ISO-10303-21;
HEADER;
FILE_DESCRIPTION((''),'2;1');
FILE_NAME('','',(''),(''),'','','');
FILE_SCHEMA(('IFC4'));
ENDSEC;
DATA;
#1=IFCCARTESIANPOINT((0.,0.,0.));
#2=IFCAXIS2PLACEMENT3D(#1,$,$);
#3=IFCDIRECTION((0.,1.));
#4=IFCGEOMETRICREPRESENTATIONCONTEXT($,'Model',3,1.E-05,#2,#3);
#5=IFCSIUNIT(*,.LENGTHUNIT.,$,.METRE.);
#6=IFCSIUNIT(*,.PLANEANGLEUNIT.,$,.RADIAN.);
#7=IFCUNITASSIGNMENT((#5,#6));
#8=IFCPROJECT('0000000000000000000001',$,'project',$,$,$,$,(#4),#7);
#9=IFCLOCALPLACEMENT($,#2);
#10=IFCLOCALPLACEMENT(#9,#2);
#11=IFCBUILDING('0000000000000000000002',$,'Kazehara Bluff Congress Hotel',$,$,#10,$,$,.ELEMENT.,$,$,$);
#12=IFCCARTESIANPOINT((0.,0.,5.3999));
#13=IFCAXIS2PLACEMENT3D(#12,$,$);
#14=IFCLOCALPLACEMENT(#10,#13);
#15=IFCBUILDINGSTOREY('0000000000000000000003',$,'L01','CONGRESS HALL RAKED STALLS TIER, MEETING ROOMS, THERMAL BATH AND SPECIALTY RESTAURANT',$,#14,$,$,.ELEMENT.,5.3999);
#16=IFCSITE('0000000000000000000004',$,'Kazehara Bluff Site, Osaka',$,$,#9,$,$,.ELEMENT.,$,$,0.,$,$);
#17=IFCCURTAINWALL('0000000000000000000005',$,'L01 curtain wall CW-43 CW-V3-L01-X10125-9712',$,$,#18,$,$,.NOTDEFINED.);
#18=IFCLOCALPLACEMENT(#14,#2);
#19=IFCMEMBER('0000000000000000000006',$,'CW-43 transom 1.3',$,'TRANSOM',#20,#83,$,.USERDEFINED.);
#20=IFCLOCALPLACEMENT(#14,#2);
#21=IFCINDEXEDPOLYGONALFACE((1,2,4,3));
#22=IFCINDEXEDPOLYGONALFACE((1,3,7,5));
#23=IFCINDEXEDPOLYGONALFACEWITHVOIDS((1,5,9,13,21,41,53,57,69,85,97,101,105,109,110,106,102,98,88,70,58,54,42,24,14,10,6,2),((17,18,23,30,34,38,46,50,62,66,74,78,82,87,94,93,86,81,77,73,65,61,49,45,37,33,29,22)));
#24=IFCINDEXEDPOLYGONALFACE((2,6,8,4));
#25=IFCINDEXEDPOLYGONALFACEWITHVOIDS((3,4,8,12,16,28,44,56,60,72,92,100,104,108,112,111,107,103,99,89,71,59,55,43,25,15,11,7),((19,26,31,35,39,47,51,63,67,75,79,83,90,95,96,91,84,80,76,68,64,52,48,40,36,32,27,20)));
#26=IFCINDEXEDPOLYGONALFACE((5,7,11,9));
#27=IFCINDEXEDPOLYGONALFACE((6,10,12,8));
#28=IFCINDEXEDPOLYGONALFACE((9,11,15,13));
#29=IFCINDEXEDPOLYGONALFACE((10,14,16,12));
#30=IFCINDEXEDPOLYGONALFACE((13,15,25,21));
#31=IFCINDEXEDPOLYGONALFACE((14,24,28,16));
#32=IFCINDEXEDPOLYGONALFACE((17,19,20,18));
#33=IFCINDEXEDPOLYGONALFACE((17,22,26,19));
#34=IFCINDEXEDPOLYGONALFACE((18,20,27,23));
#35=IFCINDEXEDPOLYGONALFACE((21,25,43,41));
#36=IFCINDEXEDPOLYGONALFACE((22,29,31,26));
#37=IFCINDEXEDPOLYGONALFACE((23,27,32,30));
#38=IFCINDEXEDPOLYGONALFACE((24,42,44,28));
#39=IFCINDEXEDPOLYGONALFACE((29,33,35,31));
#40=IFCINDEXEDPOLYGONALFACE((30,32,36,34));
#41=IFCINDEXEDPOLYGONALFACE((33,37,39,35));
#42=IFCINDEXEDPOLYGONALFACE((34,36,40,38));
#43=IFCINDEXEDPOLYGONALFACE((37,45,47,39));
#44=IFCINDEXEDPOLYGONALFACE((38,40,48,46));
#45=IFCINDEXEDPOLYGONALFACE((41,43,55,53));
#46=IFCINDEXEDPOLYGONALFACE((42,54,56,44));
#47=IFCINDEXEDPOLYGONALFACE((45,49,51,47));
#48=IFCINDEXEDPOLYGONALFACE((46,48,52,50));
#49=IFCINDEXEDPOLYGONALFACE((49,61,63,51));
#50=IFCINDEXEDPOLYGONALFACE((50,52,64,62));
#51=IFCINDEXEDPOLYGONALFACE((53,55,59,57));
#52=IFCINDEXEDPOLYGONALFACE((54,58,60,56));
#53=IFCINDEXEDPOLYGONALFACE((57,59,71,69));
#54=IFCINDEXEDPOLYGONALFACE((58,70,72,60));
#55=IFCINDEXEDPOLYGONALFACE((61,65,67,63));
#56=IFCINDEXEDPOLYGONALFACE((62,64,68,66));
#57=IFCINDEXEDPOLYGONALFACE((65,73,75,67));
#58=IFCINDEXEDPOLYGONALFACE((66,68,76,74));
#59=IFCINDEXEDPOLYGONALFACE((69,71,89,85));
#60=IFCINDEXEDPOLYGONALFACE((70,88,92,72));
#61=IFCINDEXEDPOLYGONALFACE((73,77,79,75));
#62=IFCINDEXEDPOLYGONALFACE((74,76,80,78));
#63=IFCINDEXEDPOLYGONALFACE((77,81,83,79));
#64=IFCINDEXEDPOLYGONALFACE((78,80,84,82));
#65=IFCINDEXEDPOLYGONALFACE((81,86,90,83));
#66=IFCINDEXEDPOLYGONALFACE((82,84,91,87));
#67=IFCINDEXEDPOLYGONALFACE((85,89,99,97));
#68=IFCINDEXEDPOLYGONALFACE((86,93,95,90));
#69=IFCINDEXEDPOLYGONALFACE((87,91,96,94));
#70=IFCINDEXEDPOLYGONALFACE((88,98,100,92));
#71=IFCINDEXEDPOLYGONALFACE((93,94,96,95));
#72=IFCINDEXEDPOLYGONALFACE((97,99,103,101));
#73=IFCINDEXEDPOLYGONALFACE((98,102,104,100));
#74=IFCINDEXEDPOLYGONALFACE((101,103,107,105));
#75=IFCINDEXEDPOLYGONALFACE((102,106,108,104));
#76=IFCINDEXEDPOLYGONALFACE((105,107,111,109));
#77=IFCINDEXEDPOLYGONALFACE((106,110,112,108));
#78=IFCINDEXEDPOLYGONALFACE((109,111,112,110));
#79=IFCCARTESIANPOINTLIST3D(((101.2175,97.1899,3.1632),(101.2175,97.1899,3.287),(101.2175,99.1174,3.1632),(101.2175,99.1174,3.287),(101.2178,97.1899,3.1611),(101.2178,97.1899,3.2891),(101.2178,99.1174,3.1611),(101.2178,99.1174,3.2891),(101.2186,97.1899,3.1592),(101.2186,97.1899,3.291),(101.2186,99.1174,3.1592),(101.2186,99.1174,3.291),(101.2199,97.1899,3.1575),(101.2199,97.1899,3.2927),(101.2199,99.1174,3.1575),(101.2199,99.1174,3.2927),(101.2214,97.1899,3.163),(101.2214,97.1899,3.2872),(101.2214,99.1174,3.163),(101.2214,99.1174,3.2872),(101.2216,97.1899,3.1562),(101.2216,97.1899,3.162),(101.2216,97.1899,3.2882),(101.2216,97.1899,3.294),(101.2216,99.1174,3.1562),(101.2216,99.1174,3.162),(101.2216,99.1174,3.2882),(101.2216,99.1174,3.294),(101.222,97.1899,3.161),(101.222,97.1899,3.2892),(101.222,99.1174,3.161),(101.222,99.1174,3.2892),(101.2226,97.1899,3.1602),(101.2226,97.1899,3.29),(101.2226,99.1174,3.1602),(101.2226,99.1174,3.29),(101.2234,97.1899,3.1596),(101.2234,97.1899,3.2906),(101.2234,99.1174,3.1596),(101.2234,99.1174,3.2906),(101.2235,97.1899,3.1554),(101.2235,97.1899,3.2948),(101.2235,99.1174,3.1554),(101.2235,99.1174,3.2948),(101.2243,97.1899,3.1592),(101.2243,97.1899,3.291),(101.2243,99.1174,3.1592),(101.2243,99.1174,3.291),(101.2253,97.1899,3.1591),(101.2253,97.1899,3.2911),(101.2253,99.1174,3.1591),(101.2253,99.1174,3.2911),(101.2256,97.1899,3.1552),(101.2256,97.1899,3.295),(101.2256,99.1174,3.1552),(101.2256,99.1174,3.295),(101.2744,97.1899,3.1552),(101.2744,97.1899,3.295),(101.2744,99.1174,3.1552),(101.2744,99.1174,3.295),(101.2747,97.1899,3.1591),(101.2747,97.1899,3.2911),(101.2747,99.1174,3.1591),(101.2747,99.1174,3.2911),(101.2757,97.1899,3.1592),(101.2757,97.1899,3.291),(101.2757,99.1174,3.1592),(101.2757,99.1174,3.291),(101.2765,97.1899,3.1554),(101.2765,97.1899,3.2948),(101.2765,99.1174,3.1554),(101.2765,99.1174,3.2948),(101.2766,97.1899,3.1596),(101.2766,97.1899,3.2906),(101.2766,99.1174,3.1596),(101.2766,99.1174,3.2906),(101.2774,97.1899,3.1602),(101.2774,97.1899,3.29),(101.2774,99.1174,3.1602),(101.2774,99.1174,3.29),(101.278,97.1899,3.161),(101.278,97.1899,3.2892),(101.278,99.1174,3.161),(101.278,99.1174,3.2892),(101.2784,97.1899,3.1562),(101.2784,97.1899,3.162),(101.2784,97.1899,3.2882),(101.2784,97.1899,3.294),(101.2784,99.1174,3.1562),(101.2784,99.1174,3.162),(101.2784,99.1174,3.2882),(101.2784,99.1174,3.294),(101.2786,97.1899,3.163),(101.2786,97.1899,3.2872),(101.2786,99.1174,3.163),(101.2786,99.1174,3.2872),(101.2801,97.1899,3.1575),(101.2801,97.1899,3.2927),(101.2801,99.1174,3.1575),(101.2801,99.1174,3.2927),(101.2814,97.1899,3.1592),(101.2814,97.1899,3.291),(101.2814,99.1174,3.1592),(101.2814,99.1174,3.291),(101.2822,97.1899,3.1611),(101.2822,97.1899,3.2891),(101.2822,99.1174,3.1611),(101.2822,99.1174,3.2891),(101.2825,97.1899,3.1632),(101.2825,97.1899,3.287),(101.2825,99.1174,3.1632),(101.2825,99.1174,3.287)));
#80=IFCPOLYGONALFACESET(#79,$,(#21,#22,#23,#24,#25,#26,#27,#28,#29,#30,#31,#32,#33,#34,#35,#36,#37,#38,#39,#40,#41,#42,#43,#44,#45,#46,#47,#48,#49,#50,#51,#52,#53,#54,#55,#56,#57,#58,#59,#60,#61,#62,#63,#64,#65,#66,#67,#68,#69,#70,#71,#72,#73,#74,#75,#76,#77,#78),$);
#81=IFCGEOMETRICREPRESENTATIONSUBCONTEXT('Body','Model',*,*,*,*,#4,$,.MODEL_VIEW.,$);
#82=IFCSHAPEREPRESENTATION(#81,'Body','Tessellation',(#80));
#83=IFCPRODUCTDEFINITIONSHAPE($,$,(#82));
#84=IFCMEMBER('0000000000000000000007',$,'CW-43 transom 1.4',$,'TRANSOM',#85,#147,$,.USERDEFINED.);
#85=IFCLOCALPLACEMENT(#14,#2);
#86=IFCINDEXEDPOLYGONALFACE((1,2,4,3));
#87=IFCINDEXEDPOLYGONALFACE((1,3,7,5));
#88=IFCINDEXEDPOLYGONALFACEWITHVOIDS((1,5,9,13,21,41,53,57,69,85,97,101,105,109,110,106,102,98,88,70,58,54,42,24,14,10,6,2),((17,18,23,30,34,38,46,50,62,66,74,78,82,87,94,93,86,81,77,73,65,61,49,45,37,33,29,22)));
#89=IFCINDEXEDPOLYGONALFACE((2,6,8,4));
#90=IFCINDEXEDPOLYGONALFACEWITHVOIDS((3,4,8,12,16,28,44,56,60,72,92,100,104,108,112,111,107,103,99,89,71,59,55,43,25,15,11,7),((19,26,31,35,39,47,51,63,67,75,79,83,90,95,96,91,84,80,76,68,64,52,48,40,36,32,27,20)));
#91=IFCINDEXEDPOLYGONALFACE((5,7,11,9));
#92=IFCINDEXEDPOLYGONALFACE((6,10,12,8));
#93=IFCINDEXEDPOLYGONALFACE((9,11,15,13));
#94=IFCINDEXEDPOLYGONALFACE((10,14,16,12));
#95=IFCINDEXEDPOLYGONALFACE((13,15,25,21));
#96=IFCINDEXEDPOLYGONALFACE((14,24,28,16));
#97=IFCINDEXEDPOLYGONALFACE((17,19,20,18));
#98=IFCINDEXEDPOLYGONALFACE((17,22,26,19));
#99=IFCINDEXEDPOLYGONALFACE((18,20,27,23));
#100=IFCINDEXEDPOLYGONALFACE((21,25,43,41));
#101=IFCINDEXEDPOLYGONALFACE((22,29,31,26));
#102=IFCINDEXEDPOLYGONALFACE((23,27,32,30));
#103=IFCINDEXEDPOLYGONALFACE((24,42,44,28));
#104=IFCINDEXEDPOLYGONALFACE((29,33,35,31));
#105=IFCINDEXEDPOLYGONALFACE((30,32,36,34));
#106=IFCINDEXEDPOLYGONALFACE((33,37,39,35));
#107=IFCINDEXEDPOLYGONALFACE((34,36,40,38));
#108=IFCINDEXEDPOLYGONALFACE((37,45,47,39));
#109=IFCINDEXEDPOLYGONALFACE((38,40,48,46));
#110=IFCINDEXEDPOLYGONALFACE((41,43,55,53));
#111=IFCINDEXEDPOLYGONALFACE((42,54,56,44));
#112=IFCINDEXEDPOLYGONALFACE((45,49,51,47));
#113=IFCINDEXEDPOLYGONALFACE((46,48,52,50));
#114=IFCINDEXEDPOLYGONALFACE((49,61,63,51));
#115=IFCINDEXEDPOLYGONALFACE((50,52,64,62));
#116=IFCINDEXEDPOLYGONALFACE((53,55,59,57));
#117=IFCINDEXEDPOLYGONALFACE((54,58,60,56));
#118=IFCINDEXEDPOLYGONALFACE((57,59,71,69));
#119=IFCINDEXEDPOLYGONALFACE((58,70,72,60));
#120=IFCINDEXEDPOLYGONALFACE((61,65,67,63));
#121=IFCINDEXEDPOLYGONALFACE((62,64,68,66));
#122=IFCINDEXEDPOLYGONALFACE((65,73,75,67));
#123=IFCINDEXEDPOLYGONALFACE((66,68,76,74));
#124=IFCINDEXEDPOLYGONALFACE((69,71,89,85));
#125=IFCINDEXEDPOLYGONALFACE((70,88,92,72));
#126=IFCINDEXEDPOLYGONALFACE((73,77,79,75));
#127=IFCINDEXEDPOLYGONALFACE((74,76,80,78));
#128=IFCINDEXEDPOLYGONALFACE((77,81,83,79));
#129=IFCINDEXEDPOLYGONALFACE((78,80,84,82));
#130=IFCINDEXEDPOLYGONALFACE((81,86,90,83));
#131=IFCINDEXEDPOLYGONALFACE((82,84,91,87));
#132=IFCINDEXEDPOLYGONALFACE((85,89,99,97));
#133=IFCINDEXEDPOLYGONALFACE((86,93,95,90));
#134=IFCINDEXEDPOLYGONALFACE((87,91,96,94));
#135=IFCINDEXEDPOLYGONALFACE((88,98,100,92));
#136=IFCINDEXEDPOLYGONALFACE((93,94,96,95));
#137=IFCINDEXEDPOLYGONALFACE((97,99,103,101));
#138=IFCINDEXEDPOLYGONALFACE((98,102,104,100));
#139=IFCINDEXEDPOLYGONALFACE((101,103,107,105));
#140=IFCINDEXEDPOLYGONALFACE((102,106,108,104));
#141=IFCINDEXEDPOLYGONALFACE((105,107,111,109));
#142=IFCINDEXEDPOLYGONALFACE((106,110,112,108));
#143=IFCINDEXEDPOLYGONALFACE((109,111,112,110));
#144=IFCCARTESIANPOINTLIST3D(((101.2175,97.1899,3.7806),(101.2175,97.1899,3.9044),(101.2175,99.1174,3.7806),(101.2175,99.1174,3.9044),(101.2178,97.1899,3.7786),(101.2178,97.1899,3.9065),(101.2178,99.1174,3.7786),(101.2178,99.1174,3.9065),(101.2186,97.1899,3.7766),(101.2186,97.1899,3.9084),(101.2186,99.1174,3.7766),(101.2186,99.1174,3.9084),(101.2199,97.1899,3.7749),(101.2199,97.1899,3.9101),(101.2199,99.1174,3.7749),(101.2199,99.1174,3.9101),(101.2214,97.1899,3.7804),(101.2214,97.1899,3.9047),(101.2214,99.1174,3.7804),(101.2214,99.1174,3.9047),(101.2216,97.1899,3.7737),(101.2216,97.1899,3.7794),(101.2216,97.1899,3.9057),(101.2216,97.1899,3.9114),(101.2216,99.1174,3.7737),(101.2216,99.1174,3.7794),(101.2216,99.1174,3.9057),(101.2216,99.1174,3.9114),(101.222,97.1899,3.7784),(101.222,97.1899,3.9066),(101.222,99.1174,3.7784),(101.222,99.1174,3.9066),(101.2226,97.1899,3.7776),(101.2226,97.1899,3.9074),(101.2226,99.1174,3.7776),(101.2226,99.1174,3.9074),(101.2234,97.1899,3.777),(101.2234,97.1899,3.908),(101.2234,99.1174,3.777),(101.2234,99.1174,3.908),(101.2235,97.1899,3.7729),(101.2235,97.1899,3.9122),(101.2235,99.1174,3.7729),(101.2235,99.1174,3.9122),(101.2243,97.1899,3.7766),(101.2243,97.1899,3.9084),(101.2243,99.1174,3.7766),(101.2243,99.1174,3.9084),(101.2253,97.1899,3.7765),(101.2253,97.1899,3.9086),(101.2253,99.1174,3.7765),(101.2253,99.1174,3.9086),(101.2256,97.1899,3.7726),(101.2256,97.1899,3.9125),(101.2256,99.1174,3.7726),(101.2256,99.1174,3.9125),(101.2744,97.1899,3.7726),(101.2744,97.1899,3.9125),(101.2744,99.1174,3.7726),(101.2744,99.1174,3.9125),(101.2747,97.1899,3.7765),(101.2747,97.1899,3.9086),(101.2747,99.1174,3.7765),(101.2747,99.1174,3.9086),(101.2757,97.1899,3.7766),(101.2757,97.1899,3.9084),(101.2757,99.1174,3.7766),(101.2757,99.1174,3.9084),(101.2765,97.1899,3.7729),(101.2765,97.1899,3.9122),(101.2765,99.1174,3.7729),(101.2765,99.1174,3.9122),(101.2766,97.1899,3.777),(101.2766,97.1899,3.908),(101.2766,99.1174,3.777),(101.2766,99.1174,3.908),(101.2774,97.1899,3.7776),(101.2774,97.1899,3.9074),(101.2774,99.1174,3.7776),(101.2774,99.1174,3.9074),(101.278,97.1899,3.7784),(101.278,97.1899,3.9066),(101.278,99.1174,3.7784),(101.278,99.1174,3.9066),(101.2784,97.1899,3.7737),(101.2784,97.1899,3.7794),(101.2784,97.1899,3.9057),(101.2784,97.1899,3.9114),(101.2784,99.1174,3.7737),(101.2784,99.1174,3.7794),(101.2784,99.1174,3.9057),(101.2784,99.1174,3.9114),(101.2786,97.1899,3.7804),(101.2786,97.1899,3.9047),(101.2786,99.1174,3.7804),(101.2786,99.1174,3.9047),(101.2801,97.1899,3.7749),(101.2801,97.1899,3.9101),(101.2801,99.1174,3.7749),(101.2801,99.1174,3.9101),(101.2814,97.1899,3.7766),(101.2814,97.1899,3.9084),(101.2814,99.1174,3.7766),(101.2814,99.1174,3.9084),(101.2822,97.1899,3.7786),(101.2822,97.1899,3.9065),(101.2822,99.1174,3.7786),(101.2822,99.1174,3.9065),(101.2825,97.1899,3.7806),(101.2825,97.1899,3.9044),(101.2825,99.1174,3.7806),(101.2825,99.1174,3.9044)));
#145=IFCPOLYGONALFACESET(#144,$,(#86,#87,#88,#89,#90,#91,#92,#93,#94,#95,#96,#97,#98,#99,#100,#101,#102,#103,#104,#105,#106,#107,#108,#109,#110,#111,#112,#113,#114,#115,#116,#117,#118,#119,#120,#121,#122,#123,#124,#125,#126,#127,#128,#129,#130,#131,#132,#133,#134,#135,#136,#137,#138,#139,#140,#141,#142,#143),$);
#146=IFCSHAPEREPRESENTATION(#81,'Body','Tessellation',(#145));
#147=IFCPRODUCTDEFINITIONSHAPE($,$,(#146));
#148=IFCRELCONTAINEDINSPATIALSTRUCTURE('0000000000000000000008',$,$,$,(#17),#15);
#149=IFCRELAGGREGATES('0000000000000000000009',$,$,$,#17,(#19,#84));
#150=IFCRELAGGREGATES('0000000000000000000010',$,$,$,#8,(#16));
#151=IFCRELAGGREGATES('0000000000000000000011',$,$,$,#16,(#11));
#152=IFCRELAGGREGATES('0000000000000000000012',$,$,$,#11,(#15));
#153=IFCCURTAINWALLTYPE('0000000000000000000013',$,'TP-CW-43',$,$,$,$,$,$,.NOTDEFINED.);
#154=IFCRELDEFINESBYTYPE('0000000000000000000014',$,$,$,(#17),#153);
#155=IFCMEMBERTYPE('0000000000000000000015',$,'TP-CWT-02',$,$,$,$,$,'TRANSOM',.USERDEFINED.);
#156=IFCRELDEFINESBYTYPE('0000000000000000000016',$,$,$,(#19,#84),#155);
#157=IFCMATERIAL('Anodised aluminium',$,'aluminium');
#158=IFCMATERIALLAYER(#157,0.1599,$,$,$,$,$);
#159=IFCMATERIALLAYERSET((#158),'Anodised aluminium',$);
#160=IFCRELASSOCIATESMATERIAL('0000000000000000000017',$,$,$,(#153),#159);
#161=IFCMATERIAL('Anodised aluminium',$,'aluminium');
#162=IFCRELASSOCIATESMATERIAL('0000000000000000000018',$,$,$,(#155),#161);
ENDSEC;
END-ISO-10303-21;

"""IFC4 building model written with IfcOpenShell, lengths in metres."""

from ifc_helpers import new_model, si_unit, direction, frame, origin, origin_2d, place, context, subcontext, project, spatial, hollow_rectangle, extrude, material, layer, layer_set, material_profile, profile_set, type_object, element, aggregate, save


model = new_model("IFC4")

# Units and contexts
model_context = context("Model", 3, precision=1e-05, world=origin(), true_north=direction((0.0, 1.0)))
body_context = subcontext(model_context, "Body", "Model", "MODEL_VIEW")
ifc_project = project(units=[si_unit("LENGTHUNIT", "METRE"), si_unit("PLANEANGLEUNIT", "RADIAN")], contexts=[model_context])

# Site, building, storey
site_placement = place(None, origin())
site = spatial("IfcSite", under=ifc_project, at=site_placement, Name="Kazehara Bluff Site, Osaka", CompositionType="ELEMENT", RefElevation=0.0)
building_placement = place(site_placement, origin())
building = spatial("IfcBuilding", under=site, at=building_placement, Name="Kazehara Bluff Congress Hotel", CompositionType="ELEMENT")
storey_placement = place(building_placement, frame((0.0, 0.0, 5.3999)))
storey = spatial("IfcBuildingStorey", under=building, at=storey_placement, Name="L01", Description="CONGRESS HALL RAKED STALLS TIER, MEETING ROOMS, THERMAL BATH AND SPECIALTY RESTAURANT", CompositionType="ELEMENT", Elevation=5.3999)

# Curtain wall
ifc_material_1 = material(Name="Anodised aluminium", Category="aluminium")
ifc_layer_1 = layer(ifc_material_1, 0.1599)
ifc_layer_set_1 = layer_set([ifc_layer_1], Name="Anodised aluminium")
curtain_wall_type_1 = type_object("IfcCurtainWallType", Name="TP-CW-43", PredefinedType="NOTDEFINED", material=ifc_layer_set_1)
curtain_wall_1_placement = place(storey_placement, origin())
curtain_wall_1 = element("IfcCurtainWall", 1, at=curtain_wall_1_placement, inside=storey, type_object=curtain_wall_type_1, Name="L01 curtain wall CW-43 CW-V3-L01-X10125-9712", PredefinedType="NOTDEFINED")

# Members
ifc_material_2 = material(Name="Anodised aluminium", Category="aluminium")
ifc_material_profile_1 = material_profile(ifc_material_2, hollow_rectangle(XDim=0.0649, YDim=0.1399, WallThickness=0.0039, InnerFilletRadius=0.0039, OuterFilletRadius=0.0081, at=origin_2d()))
ifc_profile_set_1 = profile_set([ifc_material_profile_1], Name="Anodised aluminium")
member_type_1 = type_object("IfcMemberType", Name="TP-CWT-02", ElementType="TRANSOM", PredefinedType="USERDEFINED", material=ifc_profile_set_1)
member_1_placement = place(storey_placement, frame((101.25, 97.1899, 3.2251), z_axis=(0.0, 1.0, 0.0), x_axis=(-1.0, 0.0, 0.0)))
member_1 = element("IfcMember", 2, at=member_1_placement, type_object=member_type_1, Name="CW-43 transom 1.3", ObjectType="TRANSOM", PredefinedType="USERDEFINED", context=body_context, shape_type="SweptSolid", body=[
    extrude(hollow_rectangle(XDim=0.0649, YDim=0.1399, WallThickness=0.0039, InnerFilletRadius=0.0039, OuterFilletRadius=0.0081, at=origin_2d()), origin(), (0.0, 0.0, 1.0), 1.9275),
])
member_2_placement = place(storey_placement, frame((101.25, 97.1899, 3.8425), z_axis=(0.0, 1.0, 0.0), x_axis=(-1.0, 0.0, 0.0)))
member_2 = element("IfcMember", 3, at=member_2_placement, type_object=member_type_1, Name="CW-43 transom 1.4", ObjectType="TRANSOM", PredefinedType="USERDEFINED", context=body_context, shape_type="SweptSolid", body=[
    extrude(hollow_rectangle(XDim=0.0649, YDim=0.1399, WallThickness=0.0039, InnerFilletRadius=0.0039, OuterFilletRadius=0.0081, at=origin_2d()), origin(), (0.0, 0.0, 1.0), 1.9275),
])

aggregate(curtain_wall_1, [member_1, member_2])

save(model, "model.ifc")
